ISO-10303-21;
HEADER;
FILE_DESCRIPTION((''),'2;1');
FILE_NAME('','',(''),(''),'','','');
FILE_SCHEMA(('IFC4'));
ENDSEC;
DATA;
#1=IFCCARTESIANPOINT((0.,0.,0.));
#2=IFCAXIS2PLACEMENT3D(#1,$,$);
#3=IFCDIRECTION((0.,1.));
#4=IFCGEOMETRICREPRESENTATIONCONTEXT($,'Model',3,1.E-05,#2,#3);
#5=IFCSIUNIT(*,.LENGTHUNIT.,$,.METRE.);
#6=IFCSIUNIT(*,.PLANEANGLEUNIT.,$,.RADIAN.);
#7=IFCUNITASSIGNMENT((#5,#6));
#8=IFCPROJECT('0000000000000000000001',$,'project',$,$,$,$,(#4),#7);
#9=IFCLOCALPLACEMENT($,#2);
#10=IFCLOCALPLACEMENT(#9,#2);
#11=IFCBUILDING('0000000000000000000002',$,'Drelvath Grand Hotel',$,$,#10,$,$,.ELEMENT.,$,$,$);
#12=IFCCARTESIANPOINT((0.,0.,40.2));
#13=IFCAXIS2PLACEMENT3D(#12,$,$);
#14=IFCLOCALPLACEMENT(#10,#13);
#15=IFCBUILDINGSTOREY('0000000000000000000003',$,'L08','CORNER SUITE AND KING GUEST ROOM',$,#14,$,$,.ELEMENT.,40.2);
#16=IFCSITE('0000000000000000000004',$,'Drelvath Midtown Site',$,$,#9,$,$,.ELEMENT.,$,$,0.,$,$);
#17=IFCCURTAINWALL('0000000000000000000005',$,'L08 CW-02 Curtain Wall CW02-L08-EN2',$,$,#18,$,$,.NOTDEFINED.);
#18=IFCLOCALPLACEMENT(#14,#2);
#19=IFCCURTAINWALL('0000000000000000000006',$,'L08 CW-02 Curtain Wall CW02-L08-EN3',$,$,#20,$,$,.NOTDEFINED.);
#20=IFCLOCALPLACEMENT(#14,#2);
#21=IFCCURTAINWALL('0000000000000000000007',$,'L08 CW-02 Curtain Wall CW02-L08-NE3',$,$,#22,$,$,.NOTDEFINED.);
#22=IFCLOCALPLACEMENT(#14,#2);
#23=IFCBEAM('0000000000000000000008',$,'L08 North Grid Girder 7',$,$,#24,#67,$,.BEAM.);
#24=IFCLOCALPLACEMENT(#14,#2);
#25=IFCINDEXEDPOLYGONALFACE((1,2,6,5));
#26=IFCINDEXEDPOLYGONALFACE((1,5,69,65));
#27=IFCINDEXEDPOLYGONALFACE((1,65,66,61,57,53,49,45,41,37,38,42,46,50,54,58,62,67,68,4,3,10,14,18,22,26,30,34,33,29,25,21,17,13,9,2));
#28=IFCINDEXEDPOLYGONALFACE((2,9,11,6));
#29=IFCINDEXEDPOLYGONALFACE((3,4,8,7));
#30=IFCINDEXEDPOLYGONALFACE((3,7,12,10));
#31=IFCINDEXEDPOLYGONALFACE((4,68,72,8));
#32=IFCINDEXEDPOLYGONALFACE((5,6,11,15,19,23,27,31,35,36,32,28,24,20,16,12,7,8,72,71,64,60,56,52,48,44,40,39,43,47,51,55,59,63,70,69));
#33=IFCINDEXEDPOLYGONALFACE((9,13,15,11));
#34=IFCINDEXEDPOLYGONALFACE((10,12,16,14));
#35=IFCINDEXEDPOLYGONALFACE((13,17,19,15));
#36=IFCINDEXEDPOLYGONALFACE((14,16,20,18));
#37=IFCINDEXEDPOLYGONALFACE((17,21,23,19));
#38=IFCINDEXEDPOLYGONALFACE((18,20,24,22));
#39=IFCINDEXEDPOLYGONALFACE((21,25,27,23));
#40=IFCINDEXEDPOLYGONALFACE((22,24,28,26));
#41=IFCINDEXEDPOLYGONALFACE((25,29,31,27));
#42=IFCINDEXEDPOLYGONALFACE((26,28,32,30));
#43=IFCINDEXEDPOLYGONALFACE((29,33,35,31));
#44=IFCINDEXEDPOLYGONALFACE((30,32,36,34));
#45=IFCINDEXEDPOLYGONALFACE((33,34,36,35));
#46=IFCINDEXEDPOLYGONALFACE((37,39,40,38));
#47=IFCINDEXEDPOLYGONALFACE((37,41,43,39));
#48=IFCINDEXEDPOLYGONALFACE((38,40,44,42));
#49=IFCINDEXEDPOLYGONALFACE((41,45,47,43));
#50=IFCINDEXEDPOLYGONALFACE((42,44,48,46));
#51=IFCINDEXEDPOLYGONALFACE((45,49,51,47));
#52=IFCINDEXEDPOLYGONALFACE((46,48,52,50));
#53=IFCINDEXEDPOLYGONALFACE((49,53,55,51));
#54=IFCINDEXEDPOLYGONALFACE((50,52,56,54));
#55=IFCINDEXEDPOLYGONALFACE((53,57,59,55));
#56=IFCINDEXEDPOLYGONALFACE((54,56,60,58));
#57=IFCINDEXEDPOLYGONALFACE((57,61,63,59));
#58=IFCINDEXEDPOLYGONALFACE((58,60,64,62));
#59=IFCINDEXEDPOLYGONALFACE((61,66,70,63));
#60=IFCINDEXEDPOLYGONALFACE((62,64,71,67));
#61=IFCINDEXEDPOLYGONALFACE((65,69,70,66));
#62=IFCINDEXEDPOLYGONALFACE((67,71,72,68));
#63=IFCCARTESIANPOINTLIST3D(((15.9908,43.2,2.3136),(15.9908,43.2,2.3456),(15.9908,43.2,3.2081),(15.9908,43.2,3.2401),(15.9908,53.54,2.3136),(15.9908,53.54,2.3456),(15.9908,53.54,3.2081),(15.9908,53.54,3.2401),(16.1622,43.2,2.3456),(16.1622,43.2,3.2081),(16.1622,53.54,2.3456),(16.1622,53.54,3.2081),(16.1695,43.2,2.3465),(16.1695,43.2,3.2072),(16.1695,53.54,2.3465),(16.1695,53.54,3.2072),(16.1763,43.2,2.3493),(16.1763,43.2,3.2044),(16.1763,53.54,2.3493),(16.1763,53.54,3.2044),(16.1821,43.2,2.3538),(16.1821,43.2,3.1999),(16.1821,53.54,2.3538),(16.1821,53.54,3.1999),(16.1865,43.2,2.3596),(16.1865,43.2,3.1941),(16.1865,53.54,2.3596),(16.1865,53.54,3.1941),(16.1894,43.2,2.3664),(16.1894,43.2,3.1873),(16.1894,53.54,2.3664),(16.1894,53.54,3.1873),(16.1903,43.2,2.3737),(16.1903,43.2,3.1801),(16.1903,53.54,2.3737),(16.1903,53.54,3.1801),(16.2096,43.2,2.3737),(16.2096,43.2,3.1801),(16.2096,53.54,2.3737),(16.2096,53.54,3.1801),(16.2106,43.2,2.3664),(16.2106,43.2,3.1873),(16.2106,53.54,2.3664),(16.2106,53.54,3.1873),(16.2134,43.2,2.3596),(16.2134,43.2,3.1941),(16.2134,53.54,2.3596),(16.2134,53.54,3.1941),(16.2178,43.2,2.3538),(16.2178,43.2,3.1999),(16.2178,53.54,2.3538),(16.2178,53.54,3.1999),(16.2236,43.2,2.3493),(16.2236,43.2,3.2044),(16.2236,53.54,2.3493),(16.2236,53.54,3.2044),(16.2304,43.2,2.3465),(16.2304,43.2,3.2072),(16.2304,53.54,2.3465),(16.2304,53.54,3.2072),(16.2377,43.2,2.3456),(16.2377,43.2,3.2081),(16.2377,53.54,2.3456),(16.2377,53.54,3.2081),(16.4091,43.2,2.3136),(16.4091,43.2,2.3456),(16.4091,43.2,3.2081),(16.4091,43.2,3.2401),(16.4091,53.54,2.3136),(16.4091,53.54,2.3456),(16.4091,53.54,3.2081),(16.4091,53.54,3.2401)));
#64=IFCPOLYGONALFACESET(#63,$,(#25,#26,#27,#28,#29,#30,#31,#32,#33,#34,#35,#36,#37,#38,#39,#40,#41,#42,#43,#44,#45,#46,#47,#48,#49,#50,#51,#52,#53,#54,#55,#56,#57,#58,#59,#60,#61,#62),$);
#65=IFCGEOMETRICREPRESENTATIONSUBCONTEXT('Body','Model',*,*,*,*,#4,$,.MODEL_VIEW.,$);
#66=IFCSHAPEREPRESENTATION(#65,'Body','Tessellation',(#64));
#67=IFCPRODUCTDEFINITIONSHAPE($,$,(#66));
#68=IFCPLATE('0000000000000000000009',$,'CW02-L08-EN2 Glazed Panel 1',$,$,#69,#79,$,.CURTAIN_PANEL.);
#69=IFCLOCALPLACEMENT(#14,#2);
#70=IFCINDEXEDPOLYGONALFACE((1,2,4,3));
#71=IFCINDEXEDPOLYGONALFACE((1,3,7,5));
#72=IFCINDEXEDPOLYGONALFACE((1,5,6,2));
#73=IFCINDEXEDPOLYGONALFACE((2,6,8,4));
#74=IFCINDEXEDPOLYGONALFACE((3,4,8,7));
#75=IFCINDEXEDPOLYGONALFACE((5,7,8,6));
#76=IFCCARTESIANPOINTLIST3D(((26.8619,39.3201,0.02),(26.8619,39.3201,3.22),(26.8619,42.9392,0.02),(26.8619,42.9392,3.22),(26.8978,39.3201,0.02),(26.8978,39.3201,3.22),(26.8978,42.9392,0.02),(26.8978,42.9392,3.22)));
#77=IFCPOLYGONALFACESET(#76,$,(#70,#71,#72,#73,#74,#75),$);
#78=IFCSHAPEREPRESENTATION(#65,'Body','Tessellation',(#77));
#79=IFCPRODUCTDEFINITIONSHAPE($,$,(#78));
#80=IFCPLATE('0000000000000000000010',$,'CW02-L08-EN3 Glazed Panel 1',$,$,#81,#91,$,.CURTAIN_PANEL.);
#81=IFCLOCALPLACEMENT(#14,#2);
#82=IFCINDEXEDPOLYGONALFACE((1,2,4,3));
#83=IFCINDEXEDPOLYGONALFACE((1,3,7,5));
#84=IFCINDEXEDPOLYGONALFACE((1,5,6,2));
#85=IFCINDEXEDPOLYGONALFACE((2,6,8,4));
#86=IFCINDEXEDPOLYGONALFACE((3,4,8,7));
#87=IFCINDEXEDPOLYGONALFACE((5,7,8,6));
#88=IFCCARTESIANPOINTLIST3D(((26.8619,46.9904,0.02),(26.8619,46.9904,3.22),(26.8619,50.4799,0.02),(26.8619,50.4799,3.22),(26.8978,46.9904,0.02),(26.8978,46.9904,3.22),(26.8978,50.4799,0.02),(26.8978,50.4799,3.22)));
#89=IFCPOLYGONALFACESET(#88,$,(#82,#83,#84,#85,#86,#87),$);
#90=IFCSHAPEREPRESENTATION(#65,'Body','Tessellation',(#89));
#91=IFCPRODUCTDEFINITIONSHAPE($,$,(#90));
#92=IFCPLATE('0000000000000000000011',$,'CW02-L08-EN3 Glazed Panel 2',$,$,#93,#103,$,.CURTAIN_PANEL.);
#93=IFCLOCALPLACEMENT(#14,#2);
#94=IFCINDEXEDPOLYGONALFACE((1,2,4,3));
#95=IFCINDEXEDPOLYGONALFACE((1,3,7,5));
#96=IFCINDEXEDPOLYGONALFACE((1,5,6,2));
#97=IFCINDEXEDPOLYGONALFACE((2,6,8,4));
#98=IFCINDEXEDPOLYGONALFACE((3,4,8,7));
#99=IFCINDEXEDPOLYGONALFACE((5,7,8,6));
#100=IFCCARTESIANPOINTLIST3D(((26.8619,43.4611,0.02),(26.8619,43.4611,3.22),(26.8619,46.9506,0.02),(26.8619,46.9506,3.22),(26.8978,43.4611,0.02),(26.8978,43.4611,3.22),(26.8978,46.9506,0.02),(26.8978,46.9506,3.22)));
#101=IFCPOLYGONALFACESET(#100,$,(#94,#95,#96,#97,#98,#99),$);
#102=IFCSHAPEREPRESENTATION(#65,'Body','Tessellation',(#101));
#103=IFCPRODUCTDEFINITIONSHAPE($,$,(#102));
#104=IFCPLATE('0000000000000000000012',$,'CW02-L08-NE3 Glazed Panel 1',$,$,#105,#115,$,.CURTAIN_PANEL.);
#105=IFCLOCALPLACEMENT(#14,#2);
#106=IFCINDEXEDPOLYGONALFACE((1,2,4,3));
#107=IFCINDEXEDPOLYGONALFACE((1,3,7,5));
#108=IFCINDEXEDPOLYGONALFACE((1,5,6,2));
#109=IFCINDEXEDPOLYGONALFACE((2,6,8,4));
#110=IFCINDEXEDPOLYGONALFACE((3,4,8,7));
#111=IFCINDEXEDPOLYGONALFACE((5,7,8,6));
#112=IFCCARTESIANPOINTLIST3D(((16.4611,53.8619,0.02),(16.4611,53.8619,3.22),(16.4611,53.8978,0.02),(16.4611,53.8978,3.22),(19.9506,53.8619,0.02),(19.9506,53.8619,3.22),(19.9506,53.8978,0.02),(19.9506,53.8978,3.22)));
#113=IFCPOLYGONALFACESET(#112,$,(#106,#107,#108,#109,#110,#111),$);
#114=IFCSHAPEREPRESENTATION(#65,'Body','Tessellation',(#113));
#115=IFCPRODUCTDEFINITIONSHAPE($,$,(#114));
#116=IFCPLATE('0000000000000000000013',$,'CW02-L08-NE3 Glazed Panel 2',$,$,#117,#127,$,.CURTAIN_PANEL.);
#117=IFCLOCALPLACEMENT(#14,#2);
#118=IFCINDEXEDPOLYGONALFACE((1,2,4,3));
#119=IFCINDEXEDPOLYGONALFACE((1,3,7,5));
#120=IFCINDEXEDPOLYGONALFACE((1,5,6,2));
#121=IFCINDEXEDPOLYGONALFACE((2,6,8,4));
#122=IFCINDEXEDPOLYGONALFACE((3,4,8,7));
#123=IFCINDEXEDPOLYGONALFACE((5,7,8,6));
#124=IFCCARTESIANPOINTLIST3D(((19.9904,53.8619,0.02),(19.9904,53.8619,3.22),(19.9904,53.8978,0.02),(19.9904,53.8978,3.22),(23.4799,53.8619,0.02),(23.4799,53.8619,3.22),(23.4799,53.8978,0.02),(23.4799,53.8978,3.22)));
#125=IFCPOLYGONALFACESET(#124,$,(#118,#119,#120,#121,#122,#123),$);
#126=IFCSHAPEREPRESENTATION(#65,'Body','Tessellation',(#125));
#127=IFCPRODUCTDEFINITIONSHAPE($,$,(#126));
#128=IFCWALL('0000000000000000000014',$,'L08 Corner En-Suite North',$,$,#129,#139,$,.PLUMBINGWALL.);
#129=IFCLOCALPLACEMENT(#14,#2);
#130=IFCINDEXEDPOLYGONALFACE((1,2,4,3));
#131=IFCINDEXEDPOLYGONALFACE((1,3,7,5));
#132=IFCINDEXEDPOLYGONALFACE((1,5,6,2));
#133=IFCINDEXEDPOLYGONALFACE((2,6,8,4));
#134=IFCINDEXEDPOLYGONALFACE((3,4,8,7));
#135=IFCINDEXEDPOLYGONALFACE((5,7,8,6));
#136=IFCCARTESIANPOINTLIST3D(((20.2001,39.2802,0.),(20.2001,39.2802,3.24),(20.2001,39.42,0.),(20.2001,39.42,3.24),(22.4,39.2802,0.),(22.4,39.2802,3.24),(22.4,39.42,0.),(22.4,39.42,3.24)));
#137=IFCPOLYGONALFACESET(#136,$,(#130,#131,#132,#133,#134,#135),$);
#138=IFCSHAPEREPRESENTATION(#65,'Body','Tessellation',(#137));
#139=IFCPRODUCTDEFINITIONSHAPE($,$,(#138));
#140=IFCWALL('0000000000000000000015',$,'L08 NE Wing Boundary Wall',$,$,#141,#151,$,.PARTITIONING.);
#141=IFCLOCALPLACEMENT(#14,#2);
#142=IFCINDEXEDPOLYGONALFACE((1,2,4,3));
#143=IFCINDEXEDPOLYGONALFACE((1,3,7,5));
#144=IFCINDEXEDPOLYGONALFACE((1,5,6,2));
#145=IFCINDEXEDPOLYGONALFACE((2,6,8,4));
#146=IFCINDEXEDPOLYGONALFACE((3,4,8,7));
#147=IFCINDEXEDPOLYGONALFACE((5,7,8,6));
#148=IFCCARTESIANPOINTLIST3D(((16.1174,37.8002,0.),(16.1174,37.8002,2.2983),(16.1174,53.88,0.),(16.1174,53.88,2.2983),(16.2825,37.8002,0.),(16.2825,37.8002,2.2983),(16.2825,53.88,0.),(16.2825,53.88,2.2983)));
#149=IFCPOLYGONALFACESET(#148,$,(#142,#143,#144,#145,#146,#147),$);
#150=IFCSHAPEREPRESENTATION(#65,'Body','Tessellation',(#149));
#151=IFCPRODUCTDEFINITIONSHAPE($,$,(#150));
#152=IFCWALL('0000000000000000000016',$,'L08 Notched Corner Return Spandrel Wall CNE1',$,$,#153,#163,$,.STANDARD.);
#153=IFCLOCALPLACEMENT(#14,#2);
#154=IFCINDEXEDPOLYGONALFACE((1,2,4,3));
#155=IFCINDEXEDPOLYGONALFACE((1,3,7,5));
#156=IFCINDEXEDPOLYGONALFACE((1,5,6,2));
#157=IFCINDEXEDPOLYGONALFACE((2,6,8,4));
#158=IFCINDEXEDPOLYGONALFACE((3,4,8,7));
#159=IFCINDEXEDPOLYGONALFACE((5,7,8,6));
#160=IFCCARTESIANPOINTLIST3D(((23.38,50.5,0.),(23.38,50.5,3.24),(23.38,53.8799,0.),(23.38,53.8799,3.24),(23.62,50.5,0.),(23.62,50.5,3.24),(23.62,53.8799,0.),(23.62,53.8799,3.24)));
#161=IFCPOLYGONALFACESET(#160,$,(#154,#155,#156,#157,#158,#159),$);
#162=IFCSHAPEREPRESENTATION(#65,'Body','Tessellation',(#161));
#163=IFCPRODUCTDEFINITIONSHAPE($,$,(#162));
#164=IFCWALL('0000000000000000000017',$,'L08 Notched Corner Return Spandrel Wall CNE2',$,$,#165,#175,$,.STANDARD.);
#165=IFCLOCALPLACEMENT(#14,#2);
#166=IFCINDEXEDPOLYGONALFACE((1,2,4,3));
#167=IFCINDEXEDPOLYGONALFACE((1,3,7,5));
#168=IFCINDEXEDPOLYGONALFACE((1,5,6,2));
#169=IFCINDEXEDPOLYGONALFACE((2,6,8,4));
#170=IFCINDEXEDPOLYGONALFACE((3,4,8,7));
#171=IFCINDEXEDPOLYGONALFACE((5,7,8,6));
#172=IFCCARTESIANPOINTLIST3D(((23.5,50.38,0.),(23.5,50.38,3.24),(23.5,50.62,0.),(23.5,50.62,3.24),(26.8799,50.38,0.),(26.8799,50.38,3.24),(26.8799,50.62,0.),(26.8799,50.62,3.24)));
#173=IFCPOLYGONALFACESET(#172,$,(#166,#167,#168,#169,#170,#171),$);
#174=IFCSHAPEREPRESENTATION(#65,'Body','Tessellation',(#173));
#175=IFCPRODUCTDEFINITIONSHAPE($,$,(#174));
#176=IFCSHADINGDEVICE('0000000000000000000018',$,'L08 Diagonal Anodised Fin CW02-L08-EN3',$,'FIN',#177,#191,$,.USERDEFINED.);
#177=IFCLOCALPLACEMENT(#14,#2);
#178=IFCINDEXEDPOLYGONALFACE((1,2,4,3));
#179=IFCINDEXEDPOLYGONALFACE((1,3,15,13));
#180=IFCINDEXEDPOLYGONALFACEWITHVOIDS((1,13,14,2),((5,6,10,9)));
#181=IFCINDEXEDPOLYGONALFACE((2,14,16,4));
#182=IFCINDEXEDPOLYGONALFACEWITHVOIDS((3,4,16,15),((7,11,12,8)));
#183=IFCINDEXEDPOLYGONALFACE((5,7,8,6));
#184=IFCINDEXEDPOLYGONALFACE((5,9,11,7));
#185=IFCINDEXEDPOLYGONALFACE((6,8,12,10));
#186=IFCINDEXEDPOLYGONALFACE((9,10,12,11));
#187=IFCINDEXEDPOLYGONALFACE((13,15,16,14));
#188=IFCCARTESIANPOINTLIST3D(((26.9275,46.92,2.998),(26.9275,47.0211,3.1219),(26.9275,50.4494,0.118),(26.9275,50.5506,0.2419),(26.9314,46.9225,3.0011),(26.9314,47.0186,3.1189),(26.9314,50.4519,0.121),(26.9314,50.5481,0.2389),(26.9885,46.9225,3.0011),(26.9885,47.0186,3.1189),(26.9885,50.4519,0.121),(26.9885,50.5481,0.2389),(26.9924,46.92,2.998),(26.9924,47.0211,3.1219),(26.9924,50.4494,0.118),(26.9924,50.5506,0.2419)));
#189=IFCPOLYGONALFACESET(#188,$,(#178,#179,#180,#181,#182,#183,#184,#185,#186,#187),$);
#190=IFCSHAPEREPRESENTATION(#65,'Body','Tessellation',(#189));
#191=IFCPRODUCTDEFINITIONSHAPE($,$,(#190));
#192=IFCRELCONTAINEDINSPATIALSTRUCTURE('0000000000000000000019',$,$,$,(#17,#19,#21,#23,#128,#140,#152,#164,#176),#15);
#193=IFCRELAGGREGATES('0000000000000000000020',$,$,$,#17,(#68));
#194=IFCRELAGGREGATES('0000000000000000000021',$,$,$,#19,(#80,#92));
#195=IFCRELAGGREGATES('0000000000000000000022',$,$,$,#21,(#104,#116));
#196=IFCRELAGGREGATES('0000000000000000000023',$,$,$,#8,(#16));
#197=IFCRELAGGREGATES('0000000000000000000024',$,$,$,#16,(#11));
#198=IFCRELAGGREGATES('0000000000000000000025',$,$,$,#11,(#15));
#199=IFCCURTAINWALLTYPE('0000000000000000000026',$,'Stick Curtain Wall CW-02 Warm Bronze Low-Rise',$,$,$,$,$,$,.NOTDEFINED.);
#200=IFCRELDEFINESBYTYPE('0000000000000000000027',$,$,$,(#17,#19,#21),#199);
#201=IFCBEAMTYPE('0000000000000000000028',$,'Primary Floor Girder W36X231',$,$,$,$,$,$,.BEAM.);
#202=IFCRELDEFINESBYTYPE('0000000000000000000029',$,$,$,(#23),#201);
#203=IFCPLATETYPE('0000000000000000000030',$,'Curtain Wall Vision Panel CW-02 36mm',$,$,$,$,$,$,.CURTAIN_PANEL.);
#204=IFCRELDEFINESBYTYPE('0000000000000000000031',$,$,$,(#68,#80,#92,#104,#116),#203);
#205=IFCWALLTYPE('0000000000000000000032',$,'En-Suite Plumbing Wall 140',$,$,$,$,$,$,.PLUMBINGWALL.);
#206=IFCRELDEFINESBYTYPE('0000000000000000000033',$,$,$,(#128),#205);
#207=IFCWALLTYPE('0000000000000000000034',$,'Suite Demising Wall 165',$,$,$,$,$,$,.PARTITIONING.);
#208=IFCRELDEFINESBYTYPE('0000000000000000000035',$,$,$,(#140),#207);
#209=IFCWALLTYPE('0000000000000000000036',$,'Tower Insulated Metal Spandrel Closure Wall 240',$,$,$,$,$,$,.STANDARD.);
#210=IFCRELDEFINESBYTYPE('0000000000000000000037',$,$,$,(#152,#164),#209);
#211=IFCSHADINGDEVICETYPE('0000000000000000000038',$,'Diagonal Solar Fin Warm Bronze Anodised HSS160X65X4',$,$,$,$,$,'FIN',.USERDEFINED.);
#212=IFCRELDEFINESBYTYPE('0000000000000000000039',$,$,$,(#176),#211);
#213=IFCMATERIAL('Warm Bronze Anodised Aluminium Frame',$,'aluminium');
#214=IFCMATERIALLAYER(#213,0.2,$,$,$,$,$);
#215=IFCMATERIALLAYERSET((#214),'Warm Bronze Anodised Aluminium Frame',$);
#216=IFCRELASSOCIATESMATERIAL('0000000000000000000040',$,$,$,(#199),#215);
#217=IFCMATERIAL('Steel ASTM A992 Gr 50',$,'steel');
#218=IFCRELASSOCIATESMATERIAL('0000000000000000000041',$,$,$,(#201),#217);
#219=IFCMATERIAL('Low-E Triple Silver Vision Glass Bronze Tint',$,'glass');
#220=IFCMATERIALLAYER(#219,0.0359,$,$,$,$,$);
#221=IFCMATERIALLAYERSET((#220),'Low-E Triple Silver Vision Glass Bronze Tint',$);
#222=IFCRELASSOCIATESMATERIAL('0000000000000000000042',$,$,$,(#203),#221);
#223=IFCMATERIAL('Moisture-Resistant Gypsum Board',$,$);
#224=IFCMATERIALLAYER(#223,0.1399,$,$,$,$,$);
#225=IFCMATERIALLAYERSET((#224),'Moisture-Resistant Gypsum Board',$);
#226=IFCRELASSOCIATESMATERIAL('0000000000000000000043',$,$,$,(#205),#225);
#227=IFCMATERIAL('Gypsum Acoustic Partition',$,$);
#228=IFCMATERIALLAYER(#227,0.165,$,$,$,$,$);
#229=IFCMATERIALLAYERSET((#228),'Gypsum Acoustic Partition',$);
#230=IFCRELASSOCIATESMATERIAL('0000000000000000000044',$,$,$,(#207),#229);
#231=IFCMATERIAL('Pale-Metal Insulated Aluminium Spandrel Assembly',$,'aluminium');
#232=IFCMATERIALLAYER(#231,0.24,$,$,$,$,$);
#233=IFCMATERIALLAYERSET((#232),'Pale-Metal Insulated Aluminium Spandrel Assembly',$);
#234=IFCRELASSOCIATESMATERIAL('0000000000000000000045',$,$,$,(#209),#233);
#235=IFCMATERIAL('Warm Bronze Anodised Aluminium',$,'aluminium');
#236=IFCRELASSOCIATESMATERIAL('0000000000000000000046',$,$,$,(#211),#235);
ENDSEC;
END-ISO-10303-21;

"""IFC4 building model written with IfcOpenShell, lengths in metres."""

from ifc_helpers import new_model, si_unit, direction, frame, frame_2d, origin, origin_2d, place, context, subcontext, project, spatial, rectangle, hollow_rectangle, i_section, extrude, material, layer, layer_set, material_profile, profile_set, type_object, element, aggregate, save


model = new_model("IFC4")

# Units and contexts
model_context = context("Model", 3, precision=1e-05, world=origin(), true_north=direction((0.0, 1.0)))
body_context = subcontext(model_context, "Body", "Model", "MODEL_VIEW")
ifc_project = project(units=[si_unit("LENGTHUNIT", "METRE"), si_unit("PLANEANGLEUNIT", "RADIAN")], contexts=[model_context])

# Site, building, storey
site_placement = place(None, origin())
site = spatial("IfcSite", under=ifc_project, at=site_placement, Name="Drelvath Midtown Site", CompositionType="ELEMENT", RefElevation=0.0)
building_placement = place(site_placement, origin())
building = spatial("IfcBuilding", under=site, at=building_placement, Name="Drelvath Grand Hotel", CompositionType="ELEMENT")
storey_placement = place(building_placement, frame((0.0, 0.0, 40.2)))
storey = spatial("IfcBuildingStorey", under=building, at=storey_placement, Name="L08", Description="CORNER SUITE AND KING GUEST ROOM", CompositionType="ELEMENT", Elevation=40.2)

# Curtain walls
ifc_material_1 = material(Name="Warm Bronze Anodised Aluminium Frame", Category="aluminium")
ifc_layer_1 = layer(ifc_material_1, 0.2)
ifc_layer_set_1 = layer_set([ifc_layer_1], Name="Warm Bronze Anodised Aluminium Frame")
curtain_wall_type = type_object("IfcCurtainWallType", Name="Stick Curtain Wall CW-02 Warm Bronze Low-Rise", PredefinedType="NOTDEFINED", material=ifc_layer_set_1)
curtain_wall_1_placement = place(storey_placement, origin())
curtain_wall_1 = element("IfcCurtainWall", 1, at=curtain_wall_1_placement, inside=storey, type_object=curtain_wall_type, Name="L08 CW-02 Curtain Wall CW02-L08-EN2", PredefinedType="NOTDEFINED")
curtain_wall_2_placement = place(storey_placement, origin())
curtain_wall_2 = element("IfcCurtainWall", 2, at=curtain_wall_2_placement, inside=storey, type_object=curtain_wall_type, Name="L08 CW-02 Curtain Wall CW02-L08-EN3", PredefinedType="NOTDEFINED")
curtain_wall_3_placement = place(storey_placement, origin())
curtain_wall_3 = element("IfcCurtainWall", 3, at=curtain_wall_3_placement, inside=storey, type_object=curtain_wall_type, Name="L08 CW-02 Curtain Wall CW02-L08-NE3", PredefinedType="NOTDEFINED")

# Beam
ifc_material_2 = material(Name="Steel ASTM A992 Gr 50", Category="steel")
ifc_material_profile_1 = material_profile(ifc_material_2, i_section(OverallWidth=0.4182, OverallDepth=0.9265, WebThickness=0.0193, FlangeThickness=0.032, FilletRadius=0.0281, at=origin_2d()), Name="W36X231")
ifc_profile_set_1 = profile_set([ifc_material_profile_1], Name="Steel ASTM A992 Gr 50")
beam_type = type_object("IfcBeamType", Name="Primary Floor Girder W36X231", PredefinedType="BEAM", material=ifc_profile_set_1)
for number, where, z_axis, x_axis, name in (
    (4, (16.2, 43.2, 2.7769), (0.0, 1.0, 0.0), (-1.0, 0.0, 0.0), "L08 North Grid Girder 7"),
):
    element("IfcBeam", number, at=place(storey_placement, frame(where, z_axis=z_axis, x_axis=x_axis)), inside=storey, type_object=beam_type, Name=name, PredefinedType="BEAM", context=body_context, shape_type="SweptSolid", body=[
        extrude(i_section(OverallWidth=0.4182, OverallDepth=0.9265, WebThickness=0.0193, FlangeThickness=0.032, FilletRadius=0.0281, at=origin_2d()), origin(), (0.0, 0.0, 1.0), 10.3401),
    ])

# Plates
ifc_material_3 = material(Name="Low-E Triple Silver Vision Glass Bronze Tint", Category="glass")
ifc_layer_2 = layer(ifc_material_3, 0.0359)
ifc_layer_set_2 = layer_set([ifc_layer_2], Name="Low-E Triple Silver Vision Glass Bronze Tint")
plate_type = type_object("IfcPlateType", Name="Curtain Wall Vision Panel CW-02 36mm", PredefinedType="CURTAIN_PANEL", material=ifc_layer_set_2)
plate_1_placement = place(storey_placement, frame((26.8799, 41.1296, 0.02), z_axis=(0.0, 0.0, 1.0), x_axis=(0.0, -1.0, 0.0)))
plate_1 = element("IfcPlate", 5, at=plate_1_placement, type_object=plate_type, Name="CW02-L08-EN2 Glazed Panel 1", PredefinedType="CURTAIN_PANEL", context=body_context, shape_type="SweptSolid", body=[
    extrude(rectangle(XDim=3.6191, YDim=0.0359, at=origin_2d()), origin(), (0.0, 0.0, 1.0), 3.2),
])
aggregate(curtain_wall_1, [plate_1])
plate_2_placement = place(storey_placement, frame((26.8799, 48.7351, 0.02), z_axis=(0.0, 0.0, 1.0), x_axis=(0.0, -1.0, 0.0)))
plate_2 = element("IfcPlate", 6, at=plate_2_placement, type_object=plate_type, Name="CW02-L08-EN3 Glazed Panel 1", PredefinedType="CURTAIN_PANEL", context=body_context, shape_type="SweptSolid", body=[
    extrude(rectangle(XDim=3.4895, YDim=0.0359, at=origin_2d()), origin(), (0.0, 0.0, 1.0), 3.2),
])
plate_3_placement = place(storey_placement, frame((26.8799, 45.2058, 0.02), z_axis=(0.0, 0.0, 1.0), x_axis=(0.0, -1.0, 0.0)))
plate_3 = element("IfcPlate", 7, at=plate_3_placement, type_object=plate_type, Name="CW02-L08-EN3 Glazed Panel 2", PredefinedType="CURTAIN_PANEL", context=body_context, shape_type="SweptSolid", body=[
    extrude(rectangle(XDim=3.4895, YDim=0.0359, at=origin_2d()), origin(), (0.0, 0.0, 1.0), 3.2),
])
aggregate(curtain_wall_2, [plate_2, plate_3])
plate_4_placement = place(storey_placement, frame((18.2058, 53.8799, 0.02), z_axis=(0.0, 0.0, 1.0), x_axis=(1.0, 0.0, 0.0)))
plate_4 = element("IfcPlate", 8, at=plate_4_placement, type_object=plate_type, Name="CW02-L08-NE3 Glazed Panel 1", PredefinedType="CURTAIN_PANEL", context=body_context, shape_type="SweptSolid", body=[
    extrude(rectangle(XDim=3.4895, YDim=0.0359, at=origin_2d()), origin(), (0.0, 0.0, 1.0), 3.2),
])
plate_5_placement = place(storey_placement, frame((21.7351, 53.8799, 0.02), z_axis=(0.0, 0.0, 1.0), x_axis=(1.0, 0.0, 0.0)))
plate_5 = element("IfcPlate", 9, at=plate_5_placement, type_object=plate_type, Name="CW02-L08-NE3 Glazed Panel 2", PredefinedType="CURTAIN_PANEL", context=body_context, shape_type="SweptSolid", body=[
    extrude(rectangle(XDim=3.4895, YDim=0.0359, at=origin_2d()), origin(), (0.0, 0.0, 1.0), 3.2),
])
aggregate(curtain_wall_3, [plate_4, plate_5])

# Walls
ifc_material_4 = material(Name="Moisture-Resistant Gypsum Board")
ifc_layer_3 = layer(ifc_material_4, 0.1399)
ifc_layer_set_3 = layer_set([ifc_layer_3], Name="Moisture-Resistant Gypsum Board")
wall_type_1 = type_object("IfcWallType", Name="En-Suite Plumbing Wall 140", PredefinedType="PLUMBINGWALL", material=ifc_layer_set_3)
wall_1_placement = place(storey_placement, frame((20.2, 39.3501, 0.0), z_axis=(0.0, 0.0, 1.0), x_axis=(1.0, 0.0, 0.0)))
element("IfcWall", 10, at=wall_1_placement, inside=storey, type_object=wall_type_1, Name="L08 Corner En-Suite North", PredefinedType="PLUMBINGWALL", context=body_context, shape_type="SweptSolid", body=[
    extrude(rectangle(XDim=2.2, YDim=0.1399, at=frame_2d((1.1001, 0.0))), origin(), (0.0, 0.0, 1.0), 3.24),
])
ifc_material_5 = material(Name="Gypsum Acoustic Partition")
ifc_layer_4 = layer(ifc_material_5, 0.165)
ifc_layer_set_4 = layer_set([ifc_layer_4], Name="Gypsum Acoustic Partition")
wall_type_2 = type_object("IfcWallType", Name="Suite Demising Wall 165", PredefinedType="PARTITIONING", material=ifc_layer_set_4)
wall_2_placement = place(storey_placement, frame((16.2, 37.8, 0.0), z_axis=(0.0, 0.0, 1.0), x_axis=(0.0, 1.0, 0.0)))
element("IfcWall", 11, at=wall_2_placement, inside=storey, type_object=wall_type_2, Name="L08 NE Wing Boundary Wall", PredefinedType="PARTITIONING", context=body_context, shape_type="SweptSolid", body=[
    extrude(rectangle(XDim=16.0798, YDim=0.165, at=frame_2d((8.04, 0.0))), origin(), (0.0, 0.0, 1.0), 2.2983),
])
ifc_material_6 = material(Name="Pale-Metal Insulated Aluminium Spandrel Assembly", Category="aluminium")
ifc_layer_5 = layer(ifc_material_6, 0.24)
ifc_layer_set_5 = layer_set([ifc_layer_5], Name="Pale-Metal Insulated Aluminium Spandrel Assembly")
wall_type_3 = type_object("IfcWallType", Name="Tower Insulated Metal Spandrel Closure Wall 240", PredefinedType="STANDARD", material=ifc_layer_set_5)
for number, where, z_axis, x_axis, name in (
    (12, (23.5, 53.8799, 0.0), (0.0, 0.0, 1.0), (0.0, -1.0, 0.0), "L08 Notched Corner Return Spandrel Wall CNE1"),
    (13, (23.5, 50.5, 0.0), (0.0, 0.0, 1.0), (1.0, 0.0, 0.0), "L08 Notched Corner Return Spandrel Wall CNE2"),
):
    element("IfcWall", number, at=place(storey_placement, frame(where, z_axis=z_axis, x_axis=x_axis)), inside=storey, type_object=wall_type_3, Name=name, PredefinedType="STANDARD", context=body_context, shape_type="SweptSolid", body=[
        extrude(rectangle(XDim=3.3799, YDim=0.24, at=frame_2d((1.6899, 0.0))), origin(), (0.0, 0.0, 1.0), 3.24),
    ])

# Shading device
ifc_material_7 = material(Name="Warm Bronze Anodised Aluminium", Category="aluminium")
ifc_material_profile_2 = material_profile(ifc_material_7, hollow_rectangle(XDim=0.0649, YDim=0.1599, WallThickness=0.0039, at=origin_2d()), Name="HSS160X65X4")
ifc_profile_set_2 = profile_set([ifc_material_profile_2], Name="Warm Bronze Anodised Aluminium")
shading_device_type = type_object("IfcShadingDeviceType", Name="Diagonal Solar Fin Warm Bronze Anodised HSS160X65X4", ElementType="FIN", PredefinedType="USERDEFINED", material=ifc_profile_set_2)
shading_device_placement = place(storey_placement, frame((26.96, 50.5, 0.1799), z_axis=(0.0, -0.774783, 0.632227), x_axis=(1.0, 0.0, 0.0)))
element("IfcShadingDevice", 14, at=shading_device_placement, inside=storey, type_object=shading_device_type, Name="L08 Diagonal Anodised Fin CW02-L08-EN3", ObjectType="FIN", PredefinedType="USERDEFINED", context=body_context, shape_type="SweptSolid", body=[
    extrude(hollow_rectangle(XDim=0.0649, YDim=0.1599, WallThickness=0.0039, at=origin_2d()), origin(), (0.0, 0.0, 1.0), 4.5554),
])

save(model, "model.ifc")
